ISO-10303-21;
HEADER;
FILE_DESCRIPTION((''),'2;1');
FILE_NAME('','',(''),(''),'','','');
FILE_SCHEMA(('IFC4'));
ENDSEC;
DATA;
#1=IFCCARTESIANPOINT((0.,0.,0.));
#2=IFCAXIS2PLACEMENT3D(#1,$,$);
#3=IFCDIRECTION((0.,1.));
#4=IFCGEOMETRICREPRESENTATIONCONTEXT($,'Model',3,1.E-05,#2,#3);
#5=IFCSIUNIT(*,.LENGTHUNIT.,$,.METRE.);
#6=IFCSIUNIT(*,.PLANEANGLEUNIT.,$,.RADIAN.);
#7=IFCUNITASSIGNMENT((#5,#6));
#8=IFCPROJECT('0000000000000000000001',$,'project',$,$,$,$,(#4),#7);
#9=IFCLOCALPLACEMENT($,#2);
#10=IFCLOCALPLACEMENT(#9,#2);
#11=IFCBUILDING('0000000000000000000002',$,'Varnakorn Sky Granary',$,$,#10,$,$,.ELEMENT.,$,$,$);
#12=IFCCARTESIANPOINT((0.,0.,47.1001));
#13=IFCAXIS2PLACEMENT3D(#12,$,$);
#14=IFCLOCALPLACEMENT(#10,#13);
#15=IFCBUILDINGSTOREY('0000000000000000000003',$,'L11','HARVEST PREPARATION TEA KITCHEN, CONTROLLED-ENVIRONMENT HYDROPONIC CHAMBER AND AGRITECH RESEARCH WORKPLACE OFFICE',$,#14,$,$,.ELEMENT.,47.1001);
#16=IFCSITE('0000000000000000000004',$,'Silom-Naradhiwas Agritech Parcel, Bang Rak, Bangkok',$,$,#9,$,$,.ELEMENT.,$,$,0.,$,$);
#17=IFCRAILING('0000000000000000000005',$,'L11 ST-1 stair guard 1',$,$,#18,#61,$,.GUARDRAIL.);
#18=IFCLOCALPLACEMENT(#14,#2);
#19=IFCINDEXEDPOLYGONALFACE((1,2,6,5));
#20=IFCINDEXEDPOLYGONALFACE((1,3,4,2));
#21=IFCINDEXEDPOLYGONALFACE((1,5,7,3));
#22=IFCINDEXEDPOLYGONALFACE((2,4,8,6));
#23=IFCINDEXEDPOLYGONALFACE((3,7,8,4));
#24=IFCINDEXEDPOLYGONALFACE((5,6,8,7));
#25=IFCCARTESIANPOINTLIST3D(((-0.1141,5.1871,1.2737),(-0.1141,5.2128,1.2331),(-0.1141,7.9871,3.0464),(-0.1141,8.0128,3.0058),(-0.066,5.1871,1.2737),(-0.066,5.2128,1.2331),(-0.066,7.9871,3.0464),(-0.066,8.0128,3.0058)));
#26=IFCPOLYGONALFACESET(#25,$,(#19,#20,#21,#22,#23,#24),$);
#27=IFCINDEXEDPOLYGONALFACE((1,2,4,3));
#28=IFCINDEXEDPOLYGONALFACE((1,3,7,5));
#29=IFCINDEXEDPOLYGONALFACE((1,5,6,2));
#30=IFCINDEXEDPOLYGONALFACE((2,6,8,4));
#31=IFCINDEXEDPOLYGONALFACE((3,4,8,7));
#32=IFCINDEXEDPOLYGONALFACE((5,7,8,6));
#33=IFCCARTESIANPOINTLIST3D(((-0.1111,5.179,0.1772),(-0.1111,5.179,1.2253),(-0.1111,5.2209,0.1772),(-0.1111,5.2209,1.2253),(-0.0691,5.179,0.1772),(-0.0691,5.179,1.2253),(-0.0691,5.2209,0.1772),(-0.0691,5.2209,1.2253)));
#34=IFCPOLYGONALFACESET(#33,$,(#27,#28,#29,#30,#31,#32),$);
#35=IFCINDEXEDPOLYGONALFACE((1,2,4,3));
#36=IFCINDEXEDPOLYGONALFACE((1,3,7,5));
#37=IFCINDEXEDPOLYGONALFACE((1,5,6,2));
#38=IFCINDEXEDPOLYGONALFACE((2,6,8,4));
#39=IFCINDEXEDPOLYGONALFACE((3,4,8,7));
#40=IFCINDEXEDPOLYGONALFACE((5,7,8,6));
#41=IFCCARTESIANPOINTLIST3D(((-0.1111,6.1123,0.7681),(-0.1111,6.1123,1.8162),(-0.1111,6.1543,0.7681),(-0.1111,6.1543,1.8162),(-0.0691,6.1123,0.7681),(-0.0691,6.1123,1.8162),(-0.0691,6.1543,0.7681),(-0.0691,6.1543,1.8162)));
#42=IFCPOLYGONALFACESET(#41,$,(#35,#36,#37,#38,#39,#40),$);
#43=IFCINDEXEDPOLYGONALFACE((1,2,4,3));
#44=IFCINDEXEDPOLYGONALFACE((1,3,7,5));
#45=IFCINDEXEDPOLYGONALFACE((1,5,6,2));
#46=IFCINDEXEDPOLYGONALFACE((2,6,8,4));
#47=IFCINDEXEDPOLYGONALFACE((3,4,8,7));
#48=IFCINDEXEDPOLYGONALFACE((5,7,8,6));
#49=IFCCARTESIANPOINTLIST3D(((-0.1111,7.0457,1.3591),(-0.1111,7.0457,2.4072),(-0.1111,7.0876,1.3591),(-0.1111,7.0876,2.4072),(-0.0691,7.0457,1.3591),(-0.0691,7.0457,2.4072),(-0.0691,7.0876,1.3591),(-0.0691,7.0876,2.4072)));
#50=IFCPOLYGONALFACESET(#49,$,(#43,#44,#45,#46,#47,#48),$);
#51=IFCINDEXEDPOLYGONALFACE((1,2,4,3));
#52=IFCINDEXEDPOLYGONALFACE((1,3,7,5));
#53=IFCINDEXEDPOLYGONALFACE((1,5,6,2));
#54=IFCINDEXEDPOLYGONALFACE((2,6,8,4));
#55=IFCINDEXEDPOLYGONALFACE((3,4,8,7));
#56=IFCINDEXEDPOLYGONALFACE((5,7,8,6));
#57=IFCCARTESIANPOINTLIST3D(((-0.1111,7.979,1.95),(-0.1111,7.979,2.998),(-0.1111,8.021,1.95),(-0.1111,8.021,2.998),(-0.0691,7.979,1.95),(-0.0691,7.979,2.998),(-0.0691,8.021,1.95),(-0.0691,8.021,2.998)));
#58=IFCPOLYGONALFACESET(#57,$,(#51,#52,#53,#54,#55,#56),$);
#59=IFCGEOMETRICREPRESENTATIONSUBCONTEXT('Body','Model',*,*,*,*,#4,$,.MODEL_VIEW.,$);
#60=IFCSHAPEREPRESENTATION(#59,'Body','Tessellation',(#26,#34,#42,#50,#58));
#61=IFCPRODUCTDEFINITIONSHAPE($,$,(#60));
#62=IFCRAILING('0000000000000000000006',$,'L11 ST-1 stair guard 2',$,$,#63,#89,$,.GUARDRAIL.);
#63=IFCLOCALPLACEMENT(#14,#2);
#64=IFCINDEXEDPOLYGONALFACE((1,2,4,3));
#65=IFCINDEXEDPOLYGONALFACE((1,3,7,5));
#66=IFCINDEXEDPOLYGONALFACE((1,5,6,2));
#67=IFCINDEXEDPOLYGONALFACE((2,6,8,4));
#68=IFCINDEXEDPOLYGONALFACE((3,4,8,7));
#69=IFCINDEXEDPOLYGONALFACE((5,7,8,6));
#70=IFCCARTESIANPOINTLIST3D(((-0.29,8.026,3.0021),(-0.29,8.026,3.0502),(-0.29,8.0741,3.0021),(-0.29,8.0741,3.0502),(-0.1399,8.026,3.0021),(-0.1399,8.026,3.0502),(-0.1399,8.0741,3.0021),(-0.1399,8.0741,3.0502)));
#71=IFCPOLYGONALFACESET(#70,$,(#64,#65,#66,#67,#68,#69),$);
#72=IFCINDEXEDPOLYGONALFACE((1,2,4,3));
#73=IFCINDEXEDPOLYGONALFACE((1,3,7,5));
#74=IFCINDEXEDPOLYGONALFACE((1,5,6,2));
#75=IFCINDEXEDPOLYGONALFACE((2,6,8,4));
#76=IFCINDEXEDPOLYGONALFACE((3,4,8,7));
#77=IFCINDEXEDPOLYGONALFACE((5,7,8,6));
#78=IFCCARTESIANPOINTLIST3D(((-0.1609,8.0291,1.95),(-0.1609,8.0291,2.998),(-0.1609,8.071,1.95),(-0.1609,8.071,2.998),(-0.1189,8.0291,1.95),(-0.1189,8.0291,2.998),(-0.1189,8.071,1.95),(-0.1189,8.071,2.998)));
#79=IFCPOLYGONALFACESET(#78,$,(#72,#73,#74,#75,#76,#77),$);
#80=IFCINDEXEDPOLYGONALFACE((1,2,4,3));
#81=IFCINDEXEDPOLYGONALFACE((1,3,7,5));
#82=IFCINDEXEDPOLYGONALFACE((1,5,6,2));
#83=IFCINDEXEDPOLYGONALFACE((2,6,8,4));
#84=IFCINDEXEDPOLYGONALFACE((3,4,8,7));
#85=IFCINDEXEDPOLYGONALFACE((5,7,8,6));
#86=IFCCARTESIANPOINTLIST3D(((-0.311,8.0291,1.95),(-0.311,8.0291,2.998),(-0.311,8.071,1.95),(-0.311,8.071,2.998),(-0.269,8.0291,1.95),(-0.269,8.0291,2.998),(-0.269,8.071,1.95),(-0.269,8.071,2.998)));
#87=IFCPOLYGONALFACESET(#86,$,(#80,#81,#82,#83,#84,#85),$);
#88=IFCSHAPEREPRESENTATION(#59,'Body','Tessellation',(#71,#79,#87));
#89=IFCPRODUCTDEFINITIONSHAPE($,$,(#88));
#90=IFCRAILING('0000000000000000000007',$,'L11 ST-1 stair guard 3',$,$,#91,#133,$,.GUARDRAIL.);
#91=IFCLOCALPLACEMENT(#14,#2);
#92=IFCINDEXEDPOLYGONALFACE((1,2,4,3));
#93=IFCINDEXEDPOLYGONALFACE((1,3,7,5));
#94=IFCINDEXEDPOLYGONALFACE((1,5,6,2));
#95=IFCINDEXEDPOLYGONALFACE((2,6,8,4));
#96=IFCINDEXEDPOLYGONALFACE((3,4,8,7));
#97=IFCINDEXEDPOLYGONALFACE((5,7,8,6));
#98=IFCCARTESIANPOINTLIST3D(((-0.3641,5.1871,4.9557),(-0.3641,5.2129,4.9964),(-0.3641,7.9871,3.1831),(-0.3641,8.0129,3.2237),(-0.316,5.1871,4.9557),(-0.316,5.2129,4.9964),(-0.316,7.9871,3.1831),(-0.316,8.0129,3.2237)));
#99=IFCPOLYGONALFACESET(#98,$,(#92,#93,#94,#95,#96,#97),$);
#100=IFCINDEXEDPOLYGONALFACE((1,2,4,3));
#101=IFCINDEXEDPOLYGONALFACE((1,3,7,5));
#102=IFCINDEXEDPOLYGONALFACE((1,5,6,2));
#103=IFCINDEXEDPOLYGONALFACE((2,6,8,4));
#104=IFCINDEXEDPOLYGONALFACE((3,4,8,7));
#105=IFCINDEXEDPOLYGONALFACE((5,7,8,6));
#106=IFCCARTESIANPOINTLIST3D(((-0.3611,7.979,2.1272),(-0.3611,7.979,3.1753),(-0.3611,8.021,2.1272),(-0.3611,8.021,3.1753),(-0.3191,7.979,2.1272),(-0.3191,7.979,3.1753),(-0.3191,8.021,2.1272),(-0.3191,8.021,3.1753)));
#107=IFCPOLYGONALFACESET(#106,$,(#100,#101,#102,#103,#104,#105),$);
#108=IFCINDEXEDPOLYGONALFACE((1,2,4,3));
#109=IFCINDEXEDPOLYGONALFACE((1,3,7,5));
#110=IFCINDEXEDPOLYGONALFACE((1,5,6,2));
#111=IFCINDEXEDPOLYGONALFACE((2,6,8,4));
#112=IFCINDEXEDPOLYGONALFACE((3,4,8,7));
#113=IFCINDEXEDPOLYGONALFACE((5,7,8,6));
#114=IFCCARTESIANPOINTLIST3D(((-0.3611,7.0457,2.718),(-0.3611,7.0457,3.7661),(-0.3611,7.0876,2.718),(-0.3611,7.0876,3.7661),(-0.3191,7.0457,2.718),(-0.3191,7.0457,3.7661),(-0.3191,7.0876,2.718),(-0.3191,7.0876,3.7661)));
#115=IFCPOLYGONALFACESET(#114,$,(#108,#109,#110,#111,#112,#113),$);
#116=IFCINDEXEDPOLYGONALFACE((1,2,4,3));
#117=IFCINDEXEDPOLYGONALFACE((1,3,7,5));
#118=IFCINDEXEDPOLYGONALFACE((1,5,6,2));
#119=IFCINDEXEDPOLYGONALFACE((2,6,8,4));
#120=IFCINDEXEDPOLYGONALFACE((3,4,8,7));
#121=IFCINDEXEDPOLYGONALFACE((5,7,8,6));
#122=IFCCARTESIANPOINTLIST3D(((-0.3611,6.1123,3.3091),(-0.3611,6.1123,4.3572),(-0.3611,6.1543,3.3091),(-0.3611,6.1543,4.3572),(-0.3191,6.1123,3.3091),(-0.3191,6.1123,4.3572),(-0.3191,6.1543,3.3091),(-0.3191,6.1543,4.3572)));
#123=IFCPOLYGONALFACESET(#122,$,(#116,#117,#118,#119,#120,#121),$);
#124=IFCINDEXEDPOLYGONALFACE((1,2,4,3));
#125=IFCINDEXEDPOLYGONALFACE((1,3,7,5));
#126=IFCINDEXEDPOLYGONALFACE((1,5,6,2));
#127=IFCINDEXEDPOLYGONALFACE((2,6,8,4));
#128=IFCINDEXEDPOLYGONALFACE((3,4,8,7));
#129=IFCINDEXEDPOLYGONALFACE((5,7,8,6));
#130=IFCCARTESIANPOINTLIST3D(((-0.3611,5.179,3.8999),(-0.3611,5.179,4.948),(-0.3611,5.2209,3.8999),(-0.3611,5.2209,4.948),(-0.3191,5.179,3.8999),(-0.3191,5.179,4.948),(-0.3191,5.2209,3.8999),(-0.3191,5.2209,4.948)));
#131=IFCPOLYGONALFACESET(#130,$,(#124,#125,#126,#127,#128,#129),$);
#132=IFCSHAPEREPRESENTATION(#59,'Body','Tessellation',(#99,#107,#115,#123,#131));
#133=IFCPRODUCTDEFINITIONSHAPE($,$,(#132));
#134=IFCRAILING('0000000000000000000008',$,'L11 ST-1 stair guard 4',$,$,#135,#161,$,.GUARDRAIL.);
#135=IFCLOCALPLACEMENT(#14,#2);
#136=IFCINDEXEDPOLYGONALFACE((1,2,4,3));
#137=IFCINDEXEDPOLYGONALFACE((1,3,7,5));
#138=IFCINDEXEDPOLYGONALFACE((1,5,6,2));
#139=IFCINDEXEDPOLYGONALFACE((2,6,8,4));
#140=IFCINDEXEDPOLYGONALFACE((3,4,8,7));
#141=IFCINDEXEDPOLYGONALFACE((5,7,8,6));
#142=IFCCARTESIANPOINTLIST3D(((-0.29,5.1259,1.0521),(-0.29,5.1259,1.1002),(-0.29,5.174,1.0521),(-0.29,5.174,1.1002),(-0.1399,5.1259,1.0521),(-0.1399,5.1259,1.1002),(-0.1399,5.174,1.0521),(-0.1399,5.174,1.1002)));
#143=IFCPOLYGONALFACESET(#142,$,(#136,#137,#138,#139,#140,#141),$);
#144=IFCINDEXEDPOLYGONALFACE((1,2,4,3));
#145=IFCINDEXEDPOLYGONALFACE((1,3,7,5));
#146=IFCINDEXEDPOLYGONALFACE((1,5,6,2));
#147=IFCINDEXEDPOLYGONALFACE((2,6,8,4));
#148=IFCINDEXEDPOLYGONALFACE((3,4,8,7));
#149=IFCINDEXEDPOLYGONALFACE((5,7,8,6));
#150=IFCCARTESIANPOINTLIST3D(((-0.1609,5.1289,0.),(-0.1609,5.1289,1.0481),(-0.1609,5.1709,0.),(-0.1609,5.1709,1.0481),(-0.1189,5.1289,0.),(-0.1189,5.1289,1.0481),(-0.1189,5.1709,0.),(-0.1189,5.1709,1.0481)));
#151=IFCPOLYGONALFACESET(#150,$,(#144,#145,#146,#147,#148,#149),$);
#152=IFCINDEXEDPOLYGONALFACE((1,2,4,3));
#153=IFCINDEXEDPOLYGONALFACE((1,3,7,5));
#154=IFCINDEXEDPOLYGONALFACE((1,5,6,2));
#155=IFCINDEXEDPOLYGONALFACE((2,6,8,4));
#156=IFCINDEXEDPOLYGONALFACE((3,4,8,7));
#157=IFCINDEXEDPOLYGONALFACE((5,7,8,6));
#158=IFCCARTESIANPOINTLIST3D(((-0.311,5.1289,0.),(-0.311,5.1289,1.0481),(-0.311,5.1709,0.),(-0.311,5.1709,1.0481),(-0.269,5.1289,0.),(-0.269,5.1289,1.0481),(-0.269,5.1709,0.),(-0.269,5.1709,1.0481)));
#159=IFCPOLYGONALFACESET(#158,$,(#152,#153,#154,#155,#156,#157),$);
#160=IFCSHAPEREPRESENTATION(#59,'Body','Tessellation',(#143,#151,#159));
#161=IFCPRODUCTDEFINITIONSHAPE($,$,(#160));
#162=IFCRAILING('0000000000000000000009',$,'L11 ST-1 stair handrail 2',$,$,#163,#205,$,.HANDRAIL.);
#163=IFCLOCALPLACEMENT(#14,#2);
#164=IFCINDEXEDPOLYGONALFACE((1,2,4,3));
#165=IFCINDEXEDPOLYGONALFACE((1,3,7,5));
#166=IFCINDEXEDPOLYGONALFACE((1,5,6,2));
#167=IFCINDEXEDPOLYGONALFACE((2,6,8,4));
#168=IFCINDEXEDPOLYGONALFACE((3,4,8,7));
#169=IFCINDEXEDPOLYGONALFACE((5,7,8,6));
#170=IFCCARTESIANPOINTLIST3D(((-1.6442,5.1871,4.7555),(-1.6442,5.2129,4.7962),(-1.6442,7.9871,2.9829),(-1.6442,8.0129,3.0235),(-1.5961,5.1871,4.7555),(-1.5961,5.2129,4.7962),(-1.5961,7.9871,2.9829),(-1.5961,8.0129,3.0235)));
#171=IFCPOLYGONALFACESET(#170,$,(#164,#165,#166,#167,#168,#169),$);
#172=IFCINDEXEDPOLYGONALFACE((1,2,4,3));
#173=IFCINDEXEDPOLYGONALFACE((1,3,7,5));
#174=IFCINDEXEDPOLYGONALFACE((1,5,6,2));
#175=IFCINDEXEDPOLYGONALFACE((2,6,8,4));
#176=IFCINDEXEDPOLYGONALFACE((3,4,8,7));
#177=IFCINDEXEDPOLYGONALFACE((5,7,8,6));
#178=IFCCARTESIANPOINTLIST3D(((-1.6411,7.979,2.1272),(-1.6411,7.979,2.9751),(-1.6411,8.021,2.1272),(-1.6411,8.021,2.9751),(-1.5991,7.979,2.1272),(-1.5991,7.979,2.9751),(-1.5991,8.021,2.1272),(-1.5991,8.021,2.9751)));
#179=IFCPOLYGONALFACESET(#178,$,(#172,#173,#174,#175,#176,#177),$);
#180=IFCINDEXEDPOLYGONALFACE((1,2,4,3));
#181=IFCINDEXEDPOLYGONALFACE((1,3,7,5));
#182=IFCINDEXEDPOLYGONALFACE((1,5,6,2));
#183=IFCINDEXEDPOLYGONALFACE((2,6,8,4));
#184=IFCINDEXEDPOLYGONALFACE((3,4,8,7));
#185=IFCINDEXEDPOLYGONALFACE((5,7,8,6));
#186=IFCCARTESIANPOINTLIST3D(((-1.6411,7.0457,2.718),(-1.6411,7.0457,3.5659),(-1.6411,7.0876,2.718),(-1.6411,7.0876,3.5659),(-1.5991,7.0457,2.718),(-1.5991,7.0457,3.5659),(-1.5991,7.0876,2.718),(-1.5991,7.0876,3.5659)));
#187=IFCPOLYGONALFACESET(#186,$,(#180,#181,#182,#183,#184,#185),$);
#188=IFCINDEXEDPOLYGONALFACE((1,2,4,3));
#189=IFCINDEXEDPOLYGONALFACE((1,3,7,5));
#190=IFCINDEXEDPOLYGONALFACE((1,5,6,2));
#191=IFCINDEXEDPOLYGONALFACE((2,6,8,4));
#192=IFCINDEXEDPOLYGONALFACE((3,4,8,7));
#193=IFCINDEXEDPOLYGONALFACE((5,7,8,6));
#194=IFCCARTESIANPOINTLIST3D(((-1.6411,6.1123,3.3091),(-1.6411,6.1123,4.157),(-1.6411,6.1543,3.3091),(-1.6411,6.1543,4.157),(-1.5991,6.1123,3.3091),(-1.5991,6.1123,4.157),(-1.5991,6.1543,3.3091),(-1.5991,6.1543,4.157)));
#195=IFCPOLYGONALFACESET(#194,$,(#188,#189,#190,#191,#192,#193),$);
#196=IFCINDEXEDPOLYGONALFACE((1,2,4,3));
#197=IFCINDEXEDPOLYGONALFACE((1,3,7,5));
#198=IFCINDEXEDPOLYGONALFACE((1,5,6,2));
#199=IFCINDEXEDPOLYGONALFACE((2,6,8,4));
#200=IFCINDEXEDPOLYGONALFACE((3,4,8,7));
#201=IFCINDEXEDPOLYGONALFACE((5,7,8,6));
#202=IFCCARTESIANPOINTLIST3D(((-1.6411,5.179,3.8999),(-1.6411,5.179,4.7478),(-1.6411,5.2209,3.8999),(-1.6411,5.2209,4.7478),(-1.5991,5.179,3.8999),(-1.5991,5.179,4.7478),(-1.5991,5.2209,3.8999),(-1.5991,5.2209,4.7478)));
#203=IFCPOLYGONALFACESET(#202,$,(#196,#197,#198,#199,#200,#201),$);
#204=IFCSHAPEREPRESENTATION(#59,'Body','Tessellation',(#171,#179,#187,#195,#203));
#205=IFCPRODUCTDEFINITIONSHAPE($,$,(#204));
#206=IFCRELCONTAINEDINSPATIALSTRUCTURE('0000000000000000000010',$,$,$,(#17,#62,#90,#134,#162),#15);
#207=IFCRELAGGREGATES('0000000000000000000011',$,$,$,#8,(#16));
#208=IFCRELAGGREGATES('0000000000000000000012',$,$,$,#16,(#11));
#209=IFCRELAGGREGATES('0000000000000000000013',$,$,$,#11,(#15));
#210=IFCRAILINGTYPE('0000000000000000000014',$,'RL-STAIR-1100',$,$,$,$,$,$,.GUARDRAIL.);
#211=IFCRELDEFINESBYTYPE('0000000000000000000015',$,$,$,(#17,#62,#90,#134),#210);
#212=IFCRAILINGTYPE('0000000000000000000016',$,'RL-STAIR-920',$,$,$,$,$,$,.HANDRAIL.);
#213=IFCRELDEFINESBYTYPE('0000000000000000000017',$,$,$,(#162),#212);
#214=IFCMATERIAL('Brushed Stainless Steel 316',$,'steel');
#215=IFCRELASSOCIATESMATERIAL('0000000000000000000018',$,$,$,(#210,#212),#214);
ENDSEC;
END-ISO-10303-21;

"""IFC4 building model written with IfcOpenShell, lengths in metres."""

from ifc_helpers import new_model, si_unit, direction, frame, origin, origin_2d, place, context, subcontext, project, spatial, rectangle, extrude, material, type_object, element, save


model = new_model("IFC4")

# Units and contexts
model_context = context("Model", 3, precision=1e-05, world=origin(), true_north=direction((0.0, 1.0)))
body_context = subcontext(model_context, "Body", "Model", "MODEL_VIEW")
ifc_project = project(units=[si_unit("LENGTHUNIT", "METRE"), si_unit("PLANEANGLEUNIT", "RADIAN")], contexts=[model_context])

# Site, building, storey
site_placement = place(None, origin())
site = spatial("IfcSite", under=ifc_project, at=site_placement, Name="Silom-Naradhiwas Agritech Parcel, Bang Rak, Bangkok", CompositionType="ELEMENT", RefElevation=0.0)
building_placement = place(site_placement, origin())
building = spatial("IfcBuilding", under=site, at=building_placement, Name="Varnakorn Sky Granary", CompositionType="ELEMENT")
storey_placement = place(building_placement, frame((0.0, 0.0, 47.1001)))
storey = spatial("IfcBuildingStorey", under=building, at=storey_placement, Name="L11", Description="HARVEST PREPARATION TEA KITCHEN, CONTROLLED-ENVIRONMENT HYDROPONIC CHAMBER AND AGRITECH RESEARCH WORKPLACE OFFICE", CompositionType="ELEMENT", Elevation=47.1001)

# Railings
ifc_material_1 = material(Name="Brushed Stainless Steel 316", Category="steel")
railing_type_1 = type_object("IfcRailingType", Name="RL-STAIR-1100", PredefinedType="GUARDRAIL", material=ifc_material_1)
railing_1_placement = place(storey_placement, frame((-0.0901, 5.2, 0.1772)))
element("IfcRailing", 1, at=railing_1_placement, inside=storey, type_object=railing_type_1, Name="L11 ST-1 stair guard 1", PredefinedType="GUARDRAIL", context=body_context, shape_type="SweptSolid", body=[
    extrude(rectangle(XDim=0.0481, YDim=0.0481, at=origin_2d()), frame((0.0, 0.0, 1.0762), z_axis=(0.0, 0.844909, 0.53491), x_axis=(-1.0, 0.0, 0.0)), (0.0, 0.0, 1.0), 3.314),
    extrude(rectangle(XDim=0.042, YDim=0.042, at=origin_2d()), origin(), (0.0, 0.0, 1.0), 1.0481),
    extrude(rectangle(XDim=0.042, YDim=0.042, at=origin_2d()), frame((0.0, 0.9333, 0.5908)), (0.0, 0.0, 1.0), 1.0481),
    extrude(rectangle(XDim=0.042, YDim=0.042, at=origin_2d()), frame((0.0, 1.8667, 1.1819)), (0.0, 0.0, 1.0), 1.0481),
    extrude(rectangle(XDim=0.042, YDim=0.042, at=origin_2d()), frame((0.0, 2.8, 1.7727)), (0.0, 0.0, 1.0), 1.0481),
])
railing_2_placement = place(storey_placement, frame((-0.1399, 8.05, 1.95)))
element("IfcRailing", 2, at=railing_2_placement, inside=storey, type_object=railing_type_1, Name="L11 ST-1 stair guard 2", PredefinedType="GUARDRAIL", context=body_context, shape_type="SweptSolid", body=[
    extrude(rectangle(XDim=0.0481, YDim=0.0481, at=origin_2d()), frame((0.0, 0.0, 1.0762), z_axis=(-1.0, 0.0, 0.0), x_axis=(0.0, -1.0, 0.0)), (0.0, 0.0, 1.0), 0.1501),
    extrude(rectangle(XDim=0.042, YDim=0.042, at=origin_2d()), origin(), (0.0, 0.0, 1.0), 1.0481),
    extrude(rectangle(XDim=0.042, YDim=0.042, at=origin_2d()), frame((-0.1501, 0.0, 0.0)), (0.0, 0.0, 1.0), 1.0481),
])
railing_3_placement = place(storey_placement, frame((-0.3401, 8.0, 2.1272)))
element("IfcRailing", 3, at=railing_3_placement, inside=storey, type_object=railing_type_1, Name="L11 ST-1 stair guard 3", PredefinedType="GUARDRAIL", context=body_context, shape_type="SweptSolid", body=[
    extrude(rectangle(XDim=0.0481, YDim=0.0481, at=origin_2d()), frame((0.0, 0.0, 1.0762), z_axis=(0.0, -0.844909, 0.53491), x_axis=(1.0, 0.0, 0.0)), (0.0, 0.0, 1.0), 3.314),
    extrude(rectangle(XDim=0.042, YDim=0.042, at=origin_2d()), origin(), (0.0, 0.0, 1.0), 1.0481),
    extrude(rectangle(XDim=0.042, YDim=0.042, at=origin_2d()), frame((0.0, -0.9333, 0.5908)), (0.0, 0.0, 1.0), 1.0481),
    extrude(rectangle(XDim=0.042, YDim=0.042, at=origin_2d()), frame((0.0, -1.8667, 1.1819)), (0.0, 0.0, 1.0), 1.0481),
    extrude(rectangle(XDim=0.042, YDim=0.042, at=origin_2d()), frame((0.0, -2.8, 1.7727)), (0.0, 0.0, 1.0), 1.0481),
])
railing_4_placement = place(storey_placement, frame((-0.1399, 5.1499, 0.0)))
element("IfcRailing", 4, at=railing_4_placement, inside=storey, type_object=railing_type_1, Name="L11 ST-1 stair guard 4", PredefinedType="GUARDRAIL", context=body_context, shape_type="SweptSolid", body=[
    extrude(rectangle(XDim=0.0481, YDim=0.0481, at=origin_2d()), frame((0.0, 0.0, 1.0762), z_axis=(-1.0, 0.0, 0.0), x_axis=(0.0, -1.0, 0.0)), (0.0, 0.0, 1.0), 0.1501),
    extrude(rectangle(XDim=0.042, YDim=0.042, at=origin_2d()), origin(), (0.0, 0.0, 1.0), 1.0481),
    extrude(rectangle(XDim=0.042, YDim=0.042, at=origin_2d()), frame((-0.1501, 0.0, 0.0)), (0.0, 0.0, 1.0), 1.0481),
])
railing_type_2 = type_object("IfcRailingType", Name="RL-STAIR-920", PredefinedType="HANDRAIL", material=ifc_material_1)
railing_5_placement = place(storey_placement, frame((-1.6201, 8.0, 2.1272)))
element("IfcRailing", 5, at=railing_5_placement, inside=storey, type_object=railing_type_2, Name="L11 ST-1 stair handrail 2", PredefinedType="HANDRAIL", context=body_context, shape_type="SweptSolid", body=[
    extrude(rectangle(XDim=0.0481, YDim=0.0481, at=origin_2d()), frame((0.0, 0.0, 0.876), z_axis=(0.0, -0.844909, 0.53491), x_axis=(1.0, 0.0, 0.0)), (0.0, 0.0, 1.0), 3.314),
    extrude(rectangle(XDim=0.042, YDim=0.042, at=origin_2d()), origin(), (0.0, 0.0, 1.0), 0.8479),
    extrude(rectangle(XDim=0.042, YDim=0.042, at=origin_2d()), frame((0.0, -0.9333, 0.5908)), (0.0, 0.0, 1.0), 0.8479),
    extrude(rectangle(XDim=0.042, YDim=0.042, at=origin_2d()), frame((0.0, -1.8667, 1.1819)), (0.0, 0.0, 1.0), 0.8479),
    extrude(rectangle(XDim=0.042, YDim=0.042, at=origin_2d()), frame((0.0, -2.8, 1.7727)), (0.0, 0.0, 1.0), 0.8479),
])

save(model, "model.ifc")
